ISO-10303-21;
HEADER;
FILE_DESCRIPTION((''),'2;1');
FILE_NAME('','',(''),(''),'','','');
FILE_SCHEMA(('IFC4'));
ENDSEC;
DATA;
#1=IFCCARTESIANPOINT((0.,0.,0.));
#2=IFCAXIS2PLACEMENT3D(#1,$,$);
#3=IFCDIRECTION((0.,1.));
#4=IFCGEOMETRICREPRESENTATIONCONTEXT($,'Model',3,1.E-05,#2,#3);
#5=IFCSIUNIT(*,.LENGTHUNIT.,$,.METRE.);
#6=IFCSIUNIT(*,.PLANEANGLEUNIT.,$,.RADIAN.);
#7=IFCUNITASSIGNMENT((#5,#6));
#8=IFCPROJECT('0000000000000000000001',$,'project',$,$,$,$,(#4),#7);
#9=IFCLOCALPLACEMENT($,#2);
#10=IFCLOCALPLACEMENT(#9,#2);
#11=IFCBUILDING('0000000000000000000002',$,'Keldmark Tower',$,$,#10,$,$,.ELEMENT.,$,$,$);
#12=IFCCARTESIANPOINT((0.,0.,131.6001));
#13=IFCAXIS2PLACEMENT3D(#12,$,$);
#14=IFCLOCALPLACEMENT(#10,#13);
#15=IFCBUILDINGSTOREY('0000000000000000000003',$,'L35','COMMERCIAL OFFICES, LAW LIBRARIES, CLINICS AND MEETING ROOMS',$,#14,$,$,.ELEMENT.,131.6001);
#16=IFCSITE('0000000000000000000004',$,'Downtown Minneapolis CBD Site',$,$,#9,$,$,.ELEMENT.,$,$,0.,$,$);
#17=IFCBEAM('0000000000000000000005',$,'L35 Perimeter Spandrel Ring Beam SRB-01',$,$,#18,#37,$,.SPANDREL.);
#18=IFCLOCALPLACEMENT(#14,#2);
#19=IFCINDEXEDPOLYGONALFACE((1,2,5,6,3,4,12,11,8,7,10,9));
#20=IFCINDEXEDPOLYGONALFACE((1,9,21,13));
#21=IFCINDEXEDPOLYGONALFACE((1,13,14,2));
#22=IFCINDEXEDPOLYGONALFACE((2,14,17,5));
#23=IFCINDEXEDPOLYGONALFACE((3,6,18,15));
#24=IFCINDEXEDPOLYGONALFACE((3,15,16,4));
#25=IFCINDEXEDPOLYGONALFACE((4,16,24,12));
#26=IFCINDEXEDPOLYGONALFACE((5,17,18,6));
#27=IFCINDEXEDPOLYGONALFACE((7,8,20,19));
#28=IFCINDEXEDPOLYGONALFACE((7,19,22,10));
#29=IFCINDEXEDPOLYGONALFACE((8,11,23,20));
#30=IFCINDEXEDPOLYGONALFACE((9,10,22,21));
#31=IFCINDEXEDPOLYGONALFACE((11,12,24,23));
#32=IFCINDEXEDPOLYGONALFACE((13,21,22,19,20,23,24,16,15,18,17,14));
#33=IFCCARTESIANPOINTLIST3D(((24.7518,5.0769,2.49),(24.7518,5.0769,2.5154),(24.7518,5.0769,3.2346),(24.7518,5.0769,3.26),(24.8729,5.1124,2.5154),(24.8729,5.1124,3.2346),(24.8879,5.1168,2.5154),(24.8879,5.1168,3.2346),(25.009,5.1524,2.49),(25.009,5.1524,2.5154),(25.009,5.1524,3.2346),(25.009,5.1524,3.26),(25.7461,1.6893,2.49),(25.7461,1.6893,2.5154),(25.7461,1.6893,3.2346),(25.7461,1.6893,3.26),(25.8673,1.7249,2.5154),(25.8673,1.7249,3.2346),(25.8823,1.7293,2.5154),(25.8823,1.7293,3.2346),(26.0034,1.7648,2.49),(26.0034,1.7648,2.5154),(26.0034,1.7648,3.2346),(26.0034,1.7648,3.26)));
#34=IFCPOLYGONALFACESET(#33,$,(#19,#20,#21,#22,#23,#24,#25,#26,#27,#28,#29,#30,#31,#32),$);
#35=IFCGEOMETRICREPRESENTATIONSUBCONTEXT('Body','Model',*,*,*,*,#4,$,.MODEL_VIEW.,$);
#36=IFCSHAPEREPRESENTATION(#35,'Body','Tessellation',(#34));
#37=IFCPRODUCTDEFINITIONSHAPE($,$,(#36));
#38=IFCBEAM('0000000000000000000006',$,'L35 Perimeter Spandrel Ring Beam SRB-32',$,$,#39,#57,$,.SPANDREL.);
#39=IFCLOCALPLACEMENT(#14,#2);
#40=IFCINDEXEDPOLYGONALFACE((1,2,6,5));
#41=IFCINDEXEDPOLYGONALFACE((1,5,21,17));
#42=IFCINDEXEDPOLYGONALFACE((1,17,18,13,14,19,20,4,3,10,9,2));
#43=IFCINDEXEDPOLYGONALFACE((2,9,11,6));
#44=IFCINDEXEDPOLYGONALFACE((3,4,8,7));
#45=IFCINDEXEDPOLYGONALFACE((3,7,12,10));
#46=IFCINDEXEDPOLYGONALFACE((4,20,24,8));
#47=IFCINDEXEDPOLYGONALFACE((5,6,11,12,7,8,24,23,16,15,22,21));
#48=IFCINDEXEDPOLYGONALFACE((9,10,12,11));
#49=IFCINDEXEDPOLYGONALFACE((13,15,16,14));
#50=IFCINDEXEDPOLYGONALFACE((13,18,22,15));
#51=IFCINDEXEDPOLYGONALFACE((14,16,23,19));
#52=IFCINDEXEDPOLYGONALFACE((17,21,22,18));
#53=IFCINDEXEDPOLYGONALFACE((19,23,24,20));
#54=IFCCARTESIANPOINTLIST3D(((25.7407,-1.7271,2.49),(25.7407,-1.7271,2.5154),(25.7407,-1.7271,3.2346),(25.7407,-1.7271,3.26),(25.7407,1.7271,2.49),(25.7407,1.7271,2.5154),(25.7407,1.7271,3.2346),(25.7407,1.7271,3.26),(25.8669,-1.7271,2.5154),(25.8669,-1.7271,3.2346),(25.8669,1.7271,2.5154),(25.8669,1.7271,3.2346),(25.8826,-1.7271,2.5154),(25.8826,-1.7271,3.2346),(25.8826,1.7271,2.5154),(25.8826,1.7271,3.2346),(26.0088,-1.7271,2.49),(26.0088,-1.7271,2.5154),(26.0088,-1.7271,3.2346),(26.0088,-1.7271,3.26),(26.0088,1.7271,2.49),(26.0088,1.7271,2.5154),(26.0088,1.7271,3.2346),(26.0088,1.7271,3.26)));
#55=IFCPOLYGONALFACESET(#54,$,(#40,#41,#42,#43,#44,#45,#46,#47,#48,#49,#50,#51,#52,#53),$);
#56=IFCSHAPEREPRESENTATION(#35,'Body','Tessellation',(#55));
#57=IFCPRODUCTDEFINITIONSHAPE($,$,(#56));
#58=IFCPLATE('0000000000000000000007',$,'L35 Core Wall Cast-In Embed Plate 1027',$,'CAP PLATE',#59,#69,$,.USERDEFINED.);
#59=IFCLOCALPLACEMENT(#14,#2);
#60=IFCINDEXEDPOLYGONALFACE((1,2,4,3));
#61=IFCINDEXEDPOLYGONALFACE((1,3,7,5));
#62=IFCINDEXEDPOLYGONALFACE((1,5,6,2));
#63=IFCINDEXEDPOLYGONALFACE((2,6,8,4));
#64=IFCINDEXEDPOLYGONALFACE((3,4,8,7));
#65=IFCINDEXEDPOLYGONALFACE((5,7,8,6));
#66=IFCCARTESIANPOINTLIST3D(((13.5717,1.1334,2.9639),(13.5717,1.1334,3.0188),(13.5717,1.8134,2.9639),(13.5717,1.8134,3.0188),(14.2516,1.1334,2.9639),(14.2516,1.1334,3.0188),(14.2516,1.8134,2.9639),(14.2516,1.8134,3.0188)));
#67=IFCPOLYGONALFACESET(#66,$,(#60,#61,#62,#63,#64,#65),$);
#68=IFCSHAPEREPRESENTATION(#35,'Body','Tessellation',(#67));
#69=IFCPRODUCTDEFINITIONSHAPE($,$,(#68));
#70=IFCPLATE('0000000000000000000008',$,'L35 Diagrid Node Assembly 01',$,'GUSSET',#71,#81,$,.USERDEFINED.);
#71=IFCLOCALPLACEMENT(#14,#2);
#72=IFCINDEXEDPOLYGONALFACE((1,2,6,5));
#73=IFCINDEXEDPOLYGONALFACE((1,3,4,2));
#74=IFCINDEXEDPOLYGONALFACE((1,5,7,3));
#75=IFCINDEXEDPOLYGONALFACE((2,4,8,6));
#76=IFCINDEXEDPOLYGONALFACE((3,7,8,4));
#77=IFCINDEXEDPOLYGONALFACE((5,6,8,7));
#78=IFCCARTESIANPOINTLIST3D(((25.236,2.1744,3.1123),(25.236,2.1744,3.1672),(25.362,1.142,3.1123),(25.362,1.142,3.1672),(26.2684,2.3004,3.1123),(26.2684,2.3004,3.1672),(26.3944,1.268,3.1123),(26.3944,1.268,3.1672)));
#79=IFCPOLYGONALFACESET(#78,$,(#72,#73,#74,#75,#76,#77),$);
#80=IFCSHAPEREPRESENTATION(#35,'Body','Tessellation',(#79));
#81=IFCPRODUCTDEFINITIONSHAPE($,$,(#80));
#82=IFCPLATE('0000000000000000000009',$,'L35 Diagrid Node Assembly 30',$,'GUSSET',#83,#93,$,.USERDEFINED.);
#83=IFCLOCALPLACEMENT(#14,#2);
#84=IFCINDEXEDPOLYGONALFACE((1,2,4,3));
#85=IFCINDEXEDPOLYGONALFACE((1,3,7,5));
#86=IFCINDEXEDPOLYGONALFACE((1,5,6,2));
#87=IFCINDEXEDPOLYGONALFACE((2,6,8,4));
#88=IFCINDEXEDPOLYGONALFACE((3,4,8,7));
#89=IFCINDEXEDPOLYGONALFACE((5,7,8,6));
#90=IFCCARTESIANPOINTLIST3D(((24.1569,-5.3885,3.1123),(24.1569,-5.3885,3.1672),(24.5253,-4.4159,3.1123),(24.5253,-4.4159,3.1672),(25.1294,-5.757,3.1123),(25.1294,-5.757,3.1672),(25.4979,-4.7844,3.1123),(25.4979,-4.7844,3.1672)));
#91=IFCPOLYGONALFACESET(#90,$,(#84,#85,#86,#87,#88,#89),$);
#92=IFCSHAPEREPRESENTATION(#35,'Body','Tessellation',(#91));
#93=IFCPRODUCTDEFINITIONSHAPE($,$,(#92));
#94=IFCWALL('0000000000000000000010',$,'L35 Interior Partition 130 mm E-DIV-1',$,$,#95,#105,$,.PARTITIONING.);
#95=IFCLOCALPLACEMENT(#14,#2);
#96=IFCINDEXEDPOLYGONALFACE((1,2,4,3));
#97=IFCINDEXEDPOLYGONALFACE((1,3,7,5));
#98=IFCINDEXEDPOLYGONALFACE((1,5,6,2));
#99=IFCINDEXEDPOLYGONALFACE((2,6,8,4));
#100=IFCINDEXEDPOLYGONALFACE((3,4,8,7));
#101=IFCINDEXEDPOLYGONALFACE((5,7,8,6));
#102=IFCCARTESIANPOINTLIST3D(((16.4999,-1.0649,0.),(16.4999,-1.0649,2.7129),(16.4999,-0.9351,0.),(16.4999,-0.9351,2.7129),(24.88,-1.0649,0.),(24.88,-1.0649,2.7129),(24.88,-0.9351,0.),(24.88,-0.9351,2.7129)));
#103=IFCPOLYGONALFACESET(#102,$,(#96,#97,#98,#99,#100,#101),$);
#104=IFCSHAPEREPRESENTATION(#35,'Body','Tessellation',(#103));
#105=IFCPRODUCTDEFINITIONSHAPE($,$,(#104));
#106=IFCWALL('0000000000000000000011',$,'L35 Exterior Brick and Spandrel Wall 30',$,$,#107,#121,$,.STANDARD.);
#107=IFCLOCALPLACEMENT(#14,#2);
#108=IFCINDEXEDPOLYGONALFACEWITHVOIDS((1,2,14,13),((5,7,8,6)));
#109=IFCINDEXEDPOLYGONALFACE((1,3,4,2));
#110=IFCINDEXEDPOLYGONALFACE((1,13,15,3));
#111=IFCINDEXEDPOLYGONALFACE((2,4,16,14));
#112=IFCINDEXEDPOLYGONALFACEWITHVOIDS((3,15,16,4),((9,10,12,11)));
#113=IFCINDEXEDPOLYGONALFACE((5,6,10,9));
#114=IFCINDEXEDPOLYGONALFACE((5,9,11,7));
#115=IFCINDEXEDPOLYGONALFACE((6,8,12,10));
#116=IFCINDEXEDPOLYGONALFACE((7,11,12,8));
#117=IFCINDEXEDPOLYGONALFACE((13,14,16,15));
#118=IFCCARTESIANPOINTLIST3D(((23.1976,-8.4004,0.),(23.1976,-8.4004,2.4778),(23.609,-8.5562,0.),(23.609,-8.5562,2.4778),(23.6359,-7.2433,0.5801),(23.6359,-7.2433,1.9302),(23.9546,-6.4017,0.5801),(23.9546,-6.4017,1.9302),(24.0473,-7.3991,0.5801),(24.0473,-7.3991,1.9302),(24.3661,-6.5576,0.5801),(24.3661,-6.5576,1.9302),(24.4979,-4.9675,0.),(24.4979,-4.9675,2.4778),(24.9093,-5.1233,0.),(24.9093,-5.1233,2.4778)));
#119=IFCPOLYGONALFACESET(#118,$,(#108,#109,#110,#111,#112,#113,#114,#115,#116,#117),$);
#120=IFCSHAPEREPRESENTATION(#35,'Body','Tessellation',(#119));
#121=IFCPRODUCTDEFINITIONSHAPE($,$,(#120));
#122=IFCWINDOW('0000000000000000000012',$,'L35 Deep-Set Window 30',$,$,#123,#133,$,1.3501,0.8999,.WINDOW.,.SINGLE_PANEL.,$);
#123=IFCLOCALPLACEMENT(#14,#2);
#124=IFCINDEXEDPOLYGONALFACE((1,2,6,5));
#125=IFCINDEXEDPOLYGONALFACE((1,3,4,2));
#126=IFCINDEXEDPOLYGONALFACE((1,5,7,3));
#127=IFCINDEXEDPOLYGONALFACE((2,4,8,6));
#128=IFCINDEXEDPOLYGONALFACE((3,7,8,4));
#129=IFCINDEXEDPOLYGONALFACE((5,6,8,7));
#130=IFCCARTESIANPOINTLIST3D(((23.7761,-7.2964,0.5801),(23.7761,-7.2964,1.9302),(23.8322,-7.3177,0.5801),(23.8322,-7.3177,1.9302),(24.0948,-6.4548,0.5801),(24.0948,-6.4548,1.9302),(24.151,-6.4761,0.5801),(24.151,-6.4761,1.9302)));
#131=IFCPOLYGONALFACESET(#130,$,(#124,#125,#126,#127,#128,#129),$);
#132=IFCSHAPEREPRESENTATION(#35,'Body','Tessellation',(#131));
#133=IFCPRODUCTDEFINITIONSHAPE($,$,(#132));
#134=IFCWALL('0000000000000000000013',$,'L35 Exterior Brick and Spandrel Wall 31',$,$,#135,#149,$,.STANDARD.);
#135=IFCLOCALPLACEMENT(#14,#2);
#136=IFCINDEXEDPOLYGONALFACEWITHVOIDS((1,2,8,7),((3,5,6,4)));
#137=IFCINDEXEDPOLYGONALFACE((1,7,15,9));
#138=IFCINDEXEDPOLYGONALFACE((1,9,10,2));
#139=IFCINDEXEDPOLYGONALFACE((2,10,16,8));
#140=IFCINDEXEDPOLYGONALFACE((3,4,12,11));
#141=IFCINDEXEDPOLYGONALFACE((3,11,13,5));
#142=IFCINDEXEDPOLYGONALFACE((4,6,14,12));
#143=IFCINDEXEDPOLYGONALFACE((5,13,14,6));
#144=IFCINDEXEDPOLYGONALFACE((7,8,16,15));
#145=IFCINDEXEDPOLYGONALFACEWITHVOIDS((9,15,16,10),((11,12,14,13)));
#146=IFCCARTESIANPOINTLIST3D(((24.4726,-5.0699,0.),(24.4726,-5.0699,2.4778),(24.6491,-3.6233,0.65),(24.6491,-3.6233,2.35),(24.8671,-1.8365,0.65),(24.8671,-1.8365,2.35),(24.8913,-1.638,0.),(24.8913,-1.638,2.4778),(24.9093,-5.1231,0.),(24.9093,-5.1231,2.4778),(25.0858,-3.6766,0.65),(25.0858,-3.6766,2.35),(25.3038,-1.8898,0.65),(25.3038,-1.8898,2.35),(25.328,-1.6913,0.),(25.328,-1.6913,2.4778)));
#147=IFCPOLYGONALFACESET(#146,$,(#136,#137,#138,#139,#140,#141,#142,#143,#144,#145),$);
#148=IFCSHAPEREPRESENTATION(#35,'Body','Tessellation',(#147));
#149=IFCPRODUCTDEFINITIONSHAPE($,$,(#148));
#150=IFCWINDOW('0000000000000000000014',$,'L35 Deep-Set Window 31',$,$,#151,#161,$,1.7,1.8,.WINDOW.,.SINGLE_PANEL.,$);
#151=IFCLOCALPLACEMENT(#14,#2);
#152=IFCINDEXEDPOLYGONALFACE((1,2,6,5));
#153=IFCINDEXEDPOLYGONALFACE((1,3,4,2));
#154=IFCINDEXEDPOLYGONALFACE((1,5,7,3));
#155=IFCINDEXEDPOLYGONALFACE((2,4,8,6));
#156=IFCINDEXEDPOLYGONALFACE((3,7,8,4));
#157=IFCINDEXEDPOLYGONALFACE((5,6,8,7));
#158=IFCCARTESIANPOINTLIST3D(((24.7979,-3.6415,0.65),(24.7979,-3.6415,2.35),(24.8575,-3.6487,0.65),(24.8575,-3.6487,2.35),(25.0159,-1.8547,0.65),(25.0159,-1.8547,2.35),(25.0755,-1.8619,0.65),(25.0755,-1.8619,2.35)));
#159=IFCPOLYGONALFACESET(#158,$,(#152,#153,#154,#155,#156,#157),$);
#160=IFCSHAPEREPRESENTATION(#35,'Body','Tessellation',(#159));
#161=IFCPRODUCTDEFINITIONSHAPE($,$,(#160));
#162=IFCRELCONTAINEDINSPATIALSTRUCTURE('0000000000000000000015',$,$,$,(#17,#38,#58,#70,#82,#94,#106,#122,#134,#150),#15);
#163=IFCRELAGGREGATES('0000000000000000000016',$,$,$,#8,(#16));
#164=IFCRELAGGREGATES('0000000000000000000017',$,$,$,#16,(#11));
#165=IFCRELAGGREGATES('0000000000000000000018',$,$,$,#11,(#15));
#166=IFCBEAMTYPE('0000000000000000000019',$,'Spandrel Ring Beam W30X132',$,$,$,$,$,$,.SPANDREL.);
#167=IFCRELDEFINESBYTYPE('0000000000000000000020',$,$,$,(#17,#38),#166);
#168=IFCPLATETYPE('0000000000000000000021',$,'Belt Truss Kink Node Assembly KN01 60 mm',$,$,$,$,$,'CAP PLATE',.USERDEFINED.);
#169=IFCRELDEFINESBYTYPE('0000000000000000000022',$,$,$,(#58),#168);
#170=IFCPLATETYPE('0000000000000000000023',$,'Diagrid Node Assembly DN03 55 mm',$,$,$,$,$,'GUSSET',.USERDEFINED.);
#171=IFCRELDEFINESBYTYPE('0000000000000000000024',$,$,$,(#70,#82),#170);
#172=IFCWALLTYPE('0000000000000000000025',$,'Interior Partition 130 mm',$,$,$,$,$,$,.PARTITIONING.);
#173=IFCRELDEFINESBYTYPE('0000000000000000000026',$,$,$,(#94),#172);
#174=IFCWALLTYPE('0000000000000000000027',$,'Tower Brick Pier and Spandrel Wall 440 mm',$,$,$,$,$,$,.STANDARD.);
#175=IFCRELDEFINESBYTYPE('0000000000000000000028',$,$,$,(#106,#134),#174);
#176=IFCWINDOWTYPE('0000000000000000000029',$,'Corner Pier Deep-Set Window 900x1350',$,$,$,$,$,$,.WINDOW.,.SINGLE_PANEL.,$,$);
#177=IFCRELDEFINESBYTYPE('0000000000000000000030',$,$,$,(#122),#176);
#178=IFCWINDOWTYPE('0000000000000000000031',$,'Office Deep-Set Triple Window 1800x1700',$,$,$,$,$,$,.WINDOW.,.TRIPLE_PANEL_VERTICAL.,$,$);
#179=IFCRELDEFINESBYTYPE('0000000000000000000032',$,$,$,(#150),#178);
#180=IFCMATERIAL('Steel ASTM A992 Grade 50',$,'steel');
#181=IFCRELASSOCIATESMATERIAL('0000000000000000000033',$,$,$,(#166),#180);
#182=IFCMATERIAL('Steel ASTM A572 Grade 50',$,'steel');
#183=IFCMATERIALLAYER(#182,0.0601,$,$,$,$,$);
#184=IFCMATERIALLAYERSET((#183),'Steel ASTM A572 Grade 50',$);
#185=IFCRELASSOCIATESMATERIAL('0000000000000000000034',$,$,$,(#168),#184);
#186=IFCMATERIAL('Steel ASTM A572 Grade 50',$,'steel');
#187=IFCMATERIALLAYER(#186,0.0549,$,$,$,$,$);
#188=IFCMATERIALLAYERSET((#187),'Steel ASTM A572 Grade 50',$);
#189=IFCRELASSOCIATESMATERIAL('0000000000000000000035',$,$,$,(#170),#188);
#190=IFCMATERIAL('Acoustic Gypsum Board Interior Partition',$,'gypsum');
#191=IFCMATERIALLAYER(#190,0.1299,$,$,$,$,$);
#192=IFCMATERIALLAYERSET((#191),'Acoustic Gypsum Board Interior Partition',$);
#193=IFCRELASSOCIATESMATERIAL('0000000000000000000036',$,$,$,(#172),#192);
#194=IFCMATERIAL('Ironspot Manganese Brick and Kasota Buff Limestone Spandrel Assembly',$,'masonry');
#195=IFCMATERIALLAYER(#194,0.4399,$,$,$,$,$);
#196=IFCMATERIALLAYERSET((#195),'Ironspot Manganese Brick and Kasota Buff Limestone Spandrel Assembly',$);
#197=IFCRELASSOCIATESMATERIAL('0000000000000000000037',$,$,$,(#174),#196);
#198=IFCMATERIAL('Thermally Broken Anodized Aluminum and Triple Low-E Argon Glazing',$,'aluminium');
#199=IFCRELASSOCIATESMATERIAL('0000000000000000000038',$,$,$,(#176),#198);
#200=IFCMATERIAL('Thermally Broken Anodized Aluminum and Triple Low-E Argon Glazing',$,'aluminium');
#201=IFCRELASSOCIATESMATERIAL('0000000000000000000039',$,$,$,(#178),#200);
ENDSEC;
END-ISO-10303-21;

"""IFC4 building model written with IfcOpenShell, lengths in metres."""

from ifc_helpers import new_model, si_unit, direction, frame, frame_2d, origin, origin_2d, place, context, subcontext, project, spatial, rectangle, i_section, extrude, material, layer, layer_set, material_profile, profile_set, type_object, element, fill, save


model = new_model("IFC4")

# Units and contexts
model_context = context("Model", 3, precision=1e-05, world=origin(), true_north=direction((0.0, 1.0)))
body_context = subcontext(model_context, "Body", "Model", "MODEL_VIEW")
ifc_project = project(units=[si_unit("LENGTHUNIT", "METRE"), si_unit("PLANEANGLEUNIT", "RADIAN")], contexts=[model_context])

# Site, building, storey
site_placement = place(None, origin())
site = spatial("IfcSite", under=ifc_project, at=site_placement, Name="Downtown Minneapolis CBD Site", CompositionType="ELEMENT", RefElevation=0.0)
building_placement = place(site_placement, origin())
building = spatial("IfcBuilding", under=site, at=building_placement, Name="Keldmark Tower", CompositionType="ELEMENT")
storey_placement = place(building_placement, frame((0.0, 0.0, 131.6001)))
storey = spatial("IfcBuildingStorey", under=building, at=storey_placement, Name="L35", Description="COMMERCIAL OFFICES, LAW LIBRARIES, CLINICS AND MEETING ROOMS", CompositionType="ELEMENT", Elevation=131.6001)

# Beams
ifc_material_1 = material(Name="Steel ASTM A992 Grade 50", Category="steel")
ifc_material_profile_1 = material_profile(ifc_material_1, i_section(OverallWidth=0.2681, OverallDepth=0.77, WebThickness=0.0156, FlangeThickness=0.0254, at=origin_2d()), Name="W30X132")
ifc_profile_set_1 = profile_set([ifc_material_profile_1], Name="Steel ASTM A992 Grade 50")
beam_type_1 = type_object("IfcBeamType", Name="Spandrel Ring Beam W30X132", PredefinedType="SPANDREL", material=ifc_profile_set_1)
beam_1_placement = place(storey_placement, frame((25.8748, 1.7271, 2.875), z_axis=(-0.281646, 0.959518, 0.0), x_axis=(-0.959518, -0.281646, 0.0)))
element("IfcBeam", 1, at=beam_1_placement, inside=storey, type_object=beam_type_1, Name="L35 Perimeter Spandrel Ring Beam SRB-01", PredefinedType="SPANDREL", context=body_context, shape_type="SweptSolid", body=[
    extrude(i_section(OverallWidth=0.2681, OverallDepth=0.77, WebThickness=0.0156, FlangeThickness=0.0254, at=origin_2d()), origin(), (0.0, 0.0, 1.0), 3.5305),
])
beam_2_placement = place(storey_placement, frame((25.8748, -1.7271, 2.875), z_axis=(0.0, 1.0, 0.0), x_axis=(-1.0, 0.0, 0.0)))
element("IfcBeam", 2, at=beam_2_placement, inside=storey, type_object=beam_type_1, Name="L35 Perimeter Spandrel Ring Beam SRB-32", PredefinedType="SPANDREL", context=body_context, shape_type="SweptSolid", body=[
    extrude(i_section(OverallWidth=0.2681, OverallDepth=0.77, WebThickness=0.0156, FlangeThickness=0.0254, at=origin_2d()), origin(), (0.0, 0.0, 1.0), 3.4541),
])

# Plates
ifc_material_2 = material(Name="Steel ASTM A572 Grade 50", Category="steel")
ifc_layer_1 = layer(ifc_material_2, 0.0601)
ifc_layer_set_1 = layer_set([ifc_layer_1], Name="Steel ASTM A572 Grade 50")
plate_type_1 = type_object("IfcPlateType", Name="Belt Truss Kink Node Assembly KN01 60 mm", ElementType="CAP PLATE", PredefinedType="USERDEFINED", material=ifc_layer_set_1)
plate_placement = place(storey_placement, frame((13.9116, 1.4734, 2.9639), z_axis=(0.0, 0.0, 1.0), x_axis=(1.0, 0.0, 0.0)))
element("IfcPlate", 3, at=plate_placement, inside=storey, type_object=plate_type_1, Name="L35 Core Wall Cast-In Embed Plate 1027", ObjectType="CAP PLATE", PredefinedType="USERDEFINED", context=body_context, shape_type="SweptSolid", body=[
    extrude(rectangle(XDim=0.6799, YDim=0.6799, at=origin_2d()), origin(), (0.0, 0.0, 1.0), 0.0549),
])
ifc_material_3 = material(Name="Steel ASTM A572 Grade 50", Category="steel")
ifc_layer_2 = layer(ifc_material_3, 0.0549)
ifc_layer_set_2 = layer_set([ifc_layer_2], Name="Steel ASTM A572 Grade 50")
plate_type_2 = type_object("IfcPlateType", Name="Diagrid Node Assembly DN03 55 mm", ElementType="GUSSET", PredefinedType="USERDEFINED", material=ifc_layer_set_2)
for number, where, z_axis, x_axis, name in (
    (4, (25.8152, 1.7212, 3.1123), (0.0, 0.0, 1.0), (-0.121176, 0.992631, 0.0), "L35 Diagrid Node Assembly 01"),
    (5, (24.8274, -5.0864, 3.1123), (0.0, 0.0, 1.0), (0.354291, 0.935135, 0.0), "L35 Diagrid Node Assembly 30"),
):
    element("IfcPlate", number, at=place(storey_placement, frame(where, z_axis=z_axis, x_axis=x_axis)), inside=storey, type_object=plate_type_2, Name=name, ObjectType="GUSSET", PredefinedType="USERDEFINED", context=body_context, shape_type="SweptSolid", body=[
        extrude(rectangle(XDim=1.04, YDim=1.04, at=origin_2d()), origin(), (0.0, 0.0, 1.0), 0.0549),
    ])

# Wall
ifc_material_4 = material(Name="Acoustic Gypsum Board Interior Partition", Category="gypsum")
ifc_layer_3 = layer(ifc_material_4, 0.1299)
ifc_layer_set_3 = layer_set([ifc_layer_3], Name="Acoustic Gypsum Board Interior Partition")
wall_type_1 = type_object("IfcWallType", Name="Interior Partition 130 mm", PredefinedType="PARTITIONING", material=ifc_layer_set_3)
wall_1_placement = place(storey_placement, frame((16.5, -1.0, 0.0), z_axis=(0.0, 0.0, 1.0), x_axis=(1.0, 0.0, 0.0)))
element("IfcWall", 6, at=wall_1_placement, inside=storey, type_object=wall_type_1, Name="L35 Interior Partition 130 mm E-DIV-1", PredefinedType="PARTITIONING", context=body_context, shape_type="SweptSolid", body=[
    extrude(rectangle(XDim=8.3801, YDim=0.1299, at=frame_2d((4.1899, 0.0))), origin(), (0.0, 0.0, 1.0), 2.7129),
])

# Walls, openings, windows
ifc_material_5 = material(Name="Ironspot Manganese Brick and Kasota Buff Limestone Spandrel Assembly", Category="masonry")
ifc_layer_4 = layer(ifc_material_5, 0.4399)
ifc_layer_set_4 = layer_set([ifc_layer_4], Name="Ironspot Manganese Brick and Kasota Buff Limestone Spandrel Assembly")
wall_type_2 = type_object("IfcWallType", Name="Tower Brick Pier and Spandrel Wall 440 mm", PredefinedType="STANDARD", material=ifc_layer_set_4)
wall_2_placement = place(storey_placement, frame((24.7036, -5.0454, 0.0), z_axis=(0.0, 0.0, 1.0), x_axis=(-0.354219, -0.935162, 0.0)))
wall_2 = element("IfcWall", 7, at=wall_2_placement, inside=storey, type_object=wall_type_2, Name="L35 Exterior Brick and Spandrel Wall 30", PredefinedType="STANDARD", context=body_context, shape_type="SweptSolid", body=[
    extrude(rectangle(XDim=3.6709, YDim=0.4399, at=frame_2d((1.8354, 0.0))), origin(), (0.0, 0.0, 1.0), 2.4778),
])
opening_1_placement = place(wall_2_placement, frame((1.5337, 0.0, 0.5801)))
opening_1 = element("IfcOpeningElement", 8, at=opening_1_placement, cuts=wall_2, PredefinedType="OPENING", context=body_context, shape_type="SweptSolid", body=[
    extrude(rectangle(XDim=0.8999, YDim=1.3501, at=frame_2d((0.45, 0.675))), frame((0.0, 0.23, 0.0), z_axis=(0.0, -1.0, 0.0), x_axis=(1.0, 0.0, 0.0)), (0.0, 0.0, 1.0), 0.46),
])
ifc_material_6 = material(Name="Thermally Broken Anodized Aluminum and Triple Low-E Argon Glazing", Category="aluminium")
window_type_1 = type_object("IfcWindowType", Name="Corner Pier Deep-Set Window 900x1350", PartitioningType="SINGLE_PANEL", PredefinedType="WINDOW", material=ifc_material_6)
window_1_placement = place(opening_1_placement, origin())
window_1 = element("IfcWindow", 9, at=window_1_placement, inside=storey, type_object=window_type_1, Name="L35 Deep-Set Window 30", OverallHeight=1.3501, OverallWidth=0.8999, PartitioningType="SINGLE_PANEL", PredefinedType="WINDOW", context=body_context, shape_type="SweptSolid", body=[
    extrude(rectangle(XDim=0.8999, YDim=1.3501, at=frame_2d((0.45, 0.675))), frame((0.0, -0.01, 0.0), z_axis=(0.0, -1.0, 0.0), x_axis=(1.0, 0.0, 0.0)), (0.0, 0.0, 1.0), 0.0601),
])
fill(opening_1, window_1)
wall_3_placement = place(storey_placement, frame((25.1096, -1.6648, 0.0), z_axis=(0.0, 0.0, 1.0), x_axis=(-0.121105, -0.99264, 0.0)))
wall_3 = element("IfcWall", 10, at=wall_3_placement, inside=storey, type_object=wall_type_2, Name="L35 Exterior Brick and Spandrel Wall 31", PredefinedType="STANDARD", context=body_context, shape_type="SweptSolid", body=[
    extrude(rectangle(XDim=3.4573, YDim=0.4399, at=frame_2d((1.7285, 0.0))), origin(), (0.0, 0.0, 1.0), 2.4778),
])
opening_2_placement = place(wall_3_placement, frame((0.2, 0.0, 0.6499)))
opening_2 = element("IfcOpeningElement", 11, at=opening_2_placement, cuts=wall_3, PredefinedType="OPENING", context=body_context, shape_type="SweptSolid", body=[
    extrude(rectangle(XDim=1.8, YDim=1.7, at=frame_2d((0.8999, 0.8501))), frame((0.0, 0.23, 0.0), z_axis=(0.0, -1.0, 0.0), x_axis=(1.0, 0.0, 0.0)), (0.0, 0.0, 1.0), 0.46),
])
ifc_material_7 = material(Name="Thermally Broken Anodized Aluminum and Triple Low-E Argon Glazing", Category="aluminium")
window_type_2 = type_object("IfcWindowType", Name="Office Deep-Set Triple Window 1800x1700", PartitioningType="TRIPLE_PANEL_VERTICAL", PredefinedType="WINDOW", material=ifc_material_7)
window_2_placement = place(opening_2_placement, origin())
window_2 = element("IfcWindow", 12, at=window_2_placement, inside=storey, type_object=window_type_2, Name="L35 Deep-Set Window 31", OverallHeight=1.7, OverallWidth=1.8, PartitioningType="SINGLE_PANEL", PredefinedType="WINDOW", context=body_context, shape_type="SweptSolid", body=[
    extrude(rectangle(XDim=1.8, YDim=1.7, at=frame_2d((0.8999, 0.8501))), frame((0.0, -0.01, 0.0), z_axis=(0.0, -1.0, 0.0), x_axis=(1.0, 0.0, 0.0)), (0.0, 0.0, 1.0), 0.0601),
])
fill(opening_2, window_2)

save(model, "model.ifc")
